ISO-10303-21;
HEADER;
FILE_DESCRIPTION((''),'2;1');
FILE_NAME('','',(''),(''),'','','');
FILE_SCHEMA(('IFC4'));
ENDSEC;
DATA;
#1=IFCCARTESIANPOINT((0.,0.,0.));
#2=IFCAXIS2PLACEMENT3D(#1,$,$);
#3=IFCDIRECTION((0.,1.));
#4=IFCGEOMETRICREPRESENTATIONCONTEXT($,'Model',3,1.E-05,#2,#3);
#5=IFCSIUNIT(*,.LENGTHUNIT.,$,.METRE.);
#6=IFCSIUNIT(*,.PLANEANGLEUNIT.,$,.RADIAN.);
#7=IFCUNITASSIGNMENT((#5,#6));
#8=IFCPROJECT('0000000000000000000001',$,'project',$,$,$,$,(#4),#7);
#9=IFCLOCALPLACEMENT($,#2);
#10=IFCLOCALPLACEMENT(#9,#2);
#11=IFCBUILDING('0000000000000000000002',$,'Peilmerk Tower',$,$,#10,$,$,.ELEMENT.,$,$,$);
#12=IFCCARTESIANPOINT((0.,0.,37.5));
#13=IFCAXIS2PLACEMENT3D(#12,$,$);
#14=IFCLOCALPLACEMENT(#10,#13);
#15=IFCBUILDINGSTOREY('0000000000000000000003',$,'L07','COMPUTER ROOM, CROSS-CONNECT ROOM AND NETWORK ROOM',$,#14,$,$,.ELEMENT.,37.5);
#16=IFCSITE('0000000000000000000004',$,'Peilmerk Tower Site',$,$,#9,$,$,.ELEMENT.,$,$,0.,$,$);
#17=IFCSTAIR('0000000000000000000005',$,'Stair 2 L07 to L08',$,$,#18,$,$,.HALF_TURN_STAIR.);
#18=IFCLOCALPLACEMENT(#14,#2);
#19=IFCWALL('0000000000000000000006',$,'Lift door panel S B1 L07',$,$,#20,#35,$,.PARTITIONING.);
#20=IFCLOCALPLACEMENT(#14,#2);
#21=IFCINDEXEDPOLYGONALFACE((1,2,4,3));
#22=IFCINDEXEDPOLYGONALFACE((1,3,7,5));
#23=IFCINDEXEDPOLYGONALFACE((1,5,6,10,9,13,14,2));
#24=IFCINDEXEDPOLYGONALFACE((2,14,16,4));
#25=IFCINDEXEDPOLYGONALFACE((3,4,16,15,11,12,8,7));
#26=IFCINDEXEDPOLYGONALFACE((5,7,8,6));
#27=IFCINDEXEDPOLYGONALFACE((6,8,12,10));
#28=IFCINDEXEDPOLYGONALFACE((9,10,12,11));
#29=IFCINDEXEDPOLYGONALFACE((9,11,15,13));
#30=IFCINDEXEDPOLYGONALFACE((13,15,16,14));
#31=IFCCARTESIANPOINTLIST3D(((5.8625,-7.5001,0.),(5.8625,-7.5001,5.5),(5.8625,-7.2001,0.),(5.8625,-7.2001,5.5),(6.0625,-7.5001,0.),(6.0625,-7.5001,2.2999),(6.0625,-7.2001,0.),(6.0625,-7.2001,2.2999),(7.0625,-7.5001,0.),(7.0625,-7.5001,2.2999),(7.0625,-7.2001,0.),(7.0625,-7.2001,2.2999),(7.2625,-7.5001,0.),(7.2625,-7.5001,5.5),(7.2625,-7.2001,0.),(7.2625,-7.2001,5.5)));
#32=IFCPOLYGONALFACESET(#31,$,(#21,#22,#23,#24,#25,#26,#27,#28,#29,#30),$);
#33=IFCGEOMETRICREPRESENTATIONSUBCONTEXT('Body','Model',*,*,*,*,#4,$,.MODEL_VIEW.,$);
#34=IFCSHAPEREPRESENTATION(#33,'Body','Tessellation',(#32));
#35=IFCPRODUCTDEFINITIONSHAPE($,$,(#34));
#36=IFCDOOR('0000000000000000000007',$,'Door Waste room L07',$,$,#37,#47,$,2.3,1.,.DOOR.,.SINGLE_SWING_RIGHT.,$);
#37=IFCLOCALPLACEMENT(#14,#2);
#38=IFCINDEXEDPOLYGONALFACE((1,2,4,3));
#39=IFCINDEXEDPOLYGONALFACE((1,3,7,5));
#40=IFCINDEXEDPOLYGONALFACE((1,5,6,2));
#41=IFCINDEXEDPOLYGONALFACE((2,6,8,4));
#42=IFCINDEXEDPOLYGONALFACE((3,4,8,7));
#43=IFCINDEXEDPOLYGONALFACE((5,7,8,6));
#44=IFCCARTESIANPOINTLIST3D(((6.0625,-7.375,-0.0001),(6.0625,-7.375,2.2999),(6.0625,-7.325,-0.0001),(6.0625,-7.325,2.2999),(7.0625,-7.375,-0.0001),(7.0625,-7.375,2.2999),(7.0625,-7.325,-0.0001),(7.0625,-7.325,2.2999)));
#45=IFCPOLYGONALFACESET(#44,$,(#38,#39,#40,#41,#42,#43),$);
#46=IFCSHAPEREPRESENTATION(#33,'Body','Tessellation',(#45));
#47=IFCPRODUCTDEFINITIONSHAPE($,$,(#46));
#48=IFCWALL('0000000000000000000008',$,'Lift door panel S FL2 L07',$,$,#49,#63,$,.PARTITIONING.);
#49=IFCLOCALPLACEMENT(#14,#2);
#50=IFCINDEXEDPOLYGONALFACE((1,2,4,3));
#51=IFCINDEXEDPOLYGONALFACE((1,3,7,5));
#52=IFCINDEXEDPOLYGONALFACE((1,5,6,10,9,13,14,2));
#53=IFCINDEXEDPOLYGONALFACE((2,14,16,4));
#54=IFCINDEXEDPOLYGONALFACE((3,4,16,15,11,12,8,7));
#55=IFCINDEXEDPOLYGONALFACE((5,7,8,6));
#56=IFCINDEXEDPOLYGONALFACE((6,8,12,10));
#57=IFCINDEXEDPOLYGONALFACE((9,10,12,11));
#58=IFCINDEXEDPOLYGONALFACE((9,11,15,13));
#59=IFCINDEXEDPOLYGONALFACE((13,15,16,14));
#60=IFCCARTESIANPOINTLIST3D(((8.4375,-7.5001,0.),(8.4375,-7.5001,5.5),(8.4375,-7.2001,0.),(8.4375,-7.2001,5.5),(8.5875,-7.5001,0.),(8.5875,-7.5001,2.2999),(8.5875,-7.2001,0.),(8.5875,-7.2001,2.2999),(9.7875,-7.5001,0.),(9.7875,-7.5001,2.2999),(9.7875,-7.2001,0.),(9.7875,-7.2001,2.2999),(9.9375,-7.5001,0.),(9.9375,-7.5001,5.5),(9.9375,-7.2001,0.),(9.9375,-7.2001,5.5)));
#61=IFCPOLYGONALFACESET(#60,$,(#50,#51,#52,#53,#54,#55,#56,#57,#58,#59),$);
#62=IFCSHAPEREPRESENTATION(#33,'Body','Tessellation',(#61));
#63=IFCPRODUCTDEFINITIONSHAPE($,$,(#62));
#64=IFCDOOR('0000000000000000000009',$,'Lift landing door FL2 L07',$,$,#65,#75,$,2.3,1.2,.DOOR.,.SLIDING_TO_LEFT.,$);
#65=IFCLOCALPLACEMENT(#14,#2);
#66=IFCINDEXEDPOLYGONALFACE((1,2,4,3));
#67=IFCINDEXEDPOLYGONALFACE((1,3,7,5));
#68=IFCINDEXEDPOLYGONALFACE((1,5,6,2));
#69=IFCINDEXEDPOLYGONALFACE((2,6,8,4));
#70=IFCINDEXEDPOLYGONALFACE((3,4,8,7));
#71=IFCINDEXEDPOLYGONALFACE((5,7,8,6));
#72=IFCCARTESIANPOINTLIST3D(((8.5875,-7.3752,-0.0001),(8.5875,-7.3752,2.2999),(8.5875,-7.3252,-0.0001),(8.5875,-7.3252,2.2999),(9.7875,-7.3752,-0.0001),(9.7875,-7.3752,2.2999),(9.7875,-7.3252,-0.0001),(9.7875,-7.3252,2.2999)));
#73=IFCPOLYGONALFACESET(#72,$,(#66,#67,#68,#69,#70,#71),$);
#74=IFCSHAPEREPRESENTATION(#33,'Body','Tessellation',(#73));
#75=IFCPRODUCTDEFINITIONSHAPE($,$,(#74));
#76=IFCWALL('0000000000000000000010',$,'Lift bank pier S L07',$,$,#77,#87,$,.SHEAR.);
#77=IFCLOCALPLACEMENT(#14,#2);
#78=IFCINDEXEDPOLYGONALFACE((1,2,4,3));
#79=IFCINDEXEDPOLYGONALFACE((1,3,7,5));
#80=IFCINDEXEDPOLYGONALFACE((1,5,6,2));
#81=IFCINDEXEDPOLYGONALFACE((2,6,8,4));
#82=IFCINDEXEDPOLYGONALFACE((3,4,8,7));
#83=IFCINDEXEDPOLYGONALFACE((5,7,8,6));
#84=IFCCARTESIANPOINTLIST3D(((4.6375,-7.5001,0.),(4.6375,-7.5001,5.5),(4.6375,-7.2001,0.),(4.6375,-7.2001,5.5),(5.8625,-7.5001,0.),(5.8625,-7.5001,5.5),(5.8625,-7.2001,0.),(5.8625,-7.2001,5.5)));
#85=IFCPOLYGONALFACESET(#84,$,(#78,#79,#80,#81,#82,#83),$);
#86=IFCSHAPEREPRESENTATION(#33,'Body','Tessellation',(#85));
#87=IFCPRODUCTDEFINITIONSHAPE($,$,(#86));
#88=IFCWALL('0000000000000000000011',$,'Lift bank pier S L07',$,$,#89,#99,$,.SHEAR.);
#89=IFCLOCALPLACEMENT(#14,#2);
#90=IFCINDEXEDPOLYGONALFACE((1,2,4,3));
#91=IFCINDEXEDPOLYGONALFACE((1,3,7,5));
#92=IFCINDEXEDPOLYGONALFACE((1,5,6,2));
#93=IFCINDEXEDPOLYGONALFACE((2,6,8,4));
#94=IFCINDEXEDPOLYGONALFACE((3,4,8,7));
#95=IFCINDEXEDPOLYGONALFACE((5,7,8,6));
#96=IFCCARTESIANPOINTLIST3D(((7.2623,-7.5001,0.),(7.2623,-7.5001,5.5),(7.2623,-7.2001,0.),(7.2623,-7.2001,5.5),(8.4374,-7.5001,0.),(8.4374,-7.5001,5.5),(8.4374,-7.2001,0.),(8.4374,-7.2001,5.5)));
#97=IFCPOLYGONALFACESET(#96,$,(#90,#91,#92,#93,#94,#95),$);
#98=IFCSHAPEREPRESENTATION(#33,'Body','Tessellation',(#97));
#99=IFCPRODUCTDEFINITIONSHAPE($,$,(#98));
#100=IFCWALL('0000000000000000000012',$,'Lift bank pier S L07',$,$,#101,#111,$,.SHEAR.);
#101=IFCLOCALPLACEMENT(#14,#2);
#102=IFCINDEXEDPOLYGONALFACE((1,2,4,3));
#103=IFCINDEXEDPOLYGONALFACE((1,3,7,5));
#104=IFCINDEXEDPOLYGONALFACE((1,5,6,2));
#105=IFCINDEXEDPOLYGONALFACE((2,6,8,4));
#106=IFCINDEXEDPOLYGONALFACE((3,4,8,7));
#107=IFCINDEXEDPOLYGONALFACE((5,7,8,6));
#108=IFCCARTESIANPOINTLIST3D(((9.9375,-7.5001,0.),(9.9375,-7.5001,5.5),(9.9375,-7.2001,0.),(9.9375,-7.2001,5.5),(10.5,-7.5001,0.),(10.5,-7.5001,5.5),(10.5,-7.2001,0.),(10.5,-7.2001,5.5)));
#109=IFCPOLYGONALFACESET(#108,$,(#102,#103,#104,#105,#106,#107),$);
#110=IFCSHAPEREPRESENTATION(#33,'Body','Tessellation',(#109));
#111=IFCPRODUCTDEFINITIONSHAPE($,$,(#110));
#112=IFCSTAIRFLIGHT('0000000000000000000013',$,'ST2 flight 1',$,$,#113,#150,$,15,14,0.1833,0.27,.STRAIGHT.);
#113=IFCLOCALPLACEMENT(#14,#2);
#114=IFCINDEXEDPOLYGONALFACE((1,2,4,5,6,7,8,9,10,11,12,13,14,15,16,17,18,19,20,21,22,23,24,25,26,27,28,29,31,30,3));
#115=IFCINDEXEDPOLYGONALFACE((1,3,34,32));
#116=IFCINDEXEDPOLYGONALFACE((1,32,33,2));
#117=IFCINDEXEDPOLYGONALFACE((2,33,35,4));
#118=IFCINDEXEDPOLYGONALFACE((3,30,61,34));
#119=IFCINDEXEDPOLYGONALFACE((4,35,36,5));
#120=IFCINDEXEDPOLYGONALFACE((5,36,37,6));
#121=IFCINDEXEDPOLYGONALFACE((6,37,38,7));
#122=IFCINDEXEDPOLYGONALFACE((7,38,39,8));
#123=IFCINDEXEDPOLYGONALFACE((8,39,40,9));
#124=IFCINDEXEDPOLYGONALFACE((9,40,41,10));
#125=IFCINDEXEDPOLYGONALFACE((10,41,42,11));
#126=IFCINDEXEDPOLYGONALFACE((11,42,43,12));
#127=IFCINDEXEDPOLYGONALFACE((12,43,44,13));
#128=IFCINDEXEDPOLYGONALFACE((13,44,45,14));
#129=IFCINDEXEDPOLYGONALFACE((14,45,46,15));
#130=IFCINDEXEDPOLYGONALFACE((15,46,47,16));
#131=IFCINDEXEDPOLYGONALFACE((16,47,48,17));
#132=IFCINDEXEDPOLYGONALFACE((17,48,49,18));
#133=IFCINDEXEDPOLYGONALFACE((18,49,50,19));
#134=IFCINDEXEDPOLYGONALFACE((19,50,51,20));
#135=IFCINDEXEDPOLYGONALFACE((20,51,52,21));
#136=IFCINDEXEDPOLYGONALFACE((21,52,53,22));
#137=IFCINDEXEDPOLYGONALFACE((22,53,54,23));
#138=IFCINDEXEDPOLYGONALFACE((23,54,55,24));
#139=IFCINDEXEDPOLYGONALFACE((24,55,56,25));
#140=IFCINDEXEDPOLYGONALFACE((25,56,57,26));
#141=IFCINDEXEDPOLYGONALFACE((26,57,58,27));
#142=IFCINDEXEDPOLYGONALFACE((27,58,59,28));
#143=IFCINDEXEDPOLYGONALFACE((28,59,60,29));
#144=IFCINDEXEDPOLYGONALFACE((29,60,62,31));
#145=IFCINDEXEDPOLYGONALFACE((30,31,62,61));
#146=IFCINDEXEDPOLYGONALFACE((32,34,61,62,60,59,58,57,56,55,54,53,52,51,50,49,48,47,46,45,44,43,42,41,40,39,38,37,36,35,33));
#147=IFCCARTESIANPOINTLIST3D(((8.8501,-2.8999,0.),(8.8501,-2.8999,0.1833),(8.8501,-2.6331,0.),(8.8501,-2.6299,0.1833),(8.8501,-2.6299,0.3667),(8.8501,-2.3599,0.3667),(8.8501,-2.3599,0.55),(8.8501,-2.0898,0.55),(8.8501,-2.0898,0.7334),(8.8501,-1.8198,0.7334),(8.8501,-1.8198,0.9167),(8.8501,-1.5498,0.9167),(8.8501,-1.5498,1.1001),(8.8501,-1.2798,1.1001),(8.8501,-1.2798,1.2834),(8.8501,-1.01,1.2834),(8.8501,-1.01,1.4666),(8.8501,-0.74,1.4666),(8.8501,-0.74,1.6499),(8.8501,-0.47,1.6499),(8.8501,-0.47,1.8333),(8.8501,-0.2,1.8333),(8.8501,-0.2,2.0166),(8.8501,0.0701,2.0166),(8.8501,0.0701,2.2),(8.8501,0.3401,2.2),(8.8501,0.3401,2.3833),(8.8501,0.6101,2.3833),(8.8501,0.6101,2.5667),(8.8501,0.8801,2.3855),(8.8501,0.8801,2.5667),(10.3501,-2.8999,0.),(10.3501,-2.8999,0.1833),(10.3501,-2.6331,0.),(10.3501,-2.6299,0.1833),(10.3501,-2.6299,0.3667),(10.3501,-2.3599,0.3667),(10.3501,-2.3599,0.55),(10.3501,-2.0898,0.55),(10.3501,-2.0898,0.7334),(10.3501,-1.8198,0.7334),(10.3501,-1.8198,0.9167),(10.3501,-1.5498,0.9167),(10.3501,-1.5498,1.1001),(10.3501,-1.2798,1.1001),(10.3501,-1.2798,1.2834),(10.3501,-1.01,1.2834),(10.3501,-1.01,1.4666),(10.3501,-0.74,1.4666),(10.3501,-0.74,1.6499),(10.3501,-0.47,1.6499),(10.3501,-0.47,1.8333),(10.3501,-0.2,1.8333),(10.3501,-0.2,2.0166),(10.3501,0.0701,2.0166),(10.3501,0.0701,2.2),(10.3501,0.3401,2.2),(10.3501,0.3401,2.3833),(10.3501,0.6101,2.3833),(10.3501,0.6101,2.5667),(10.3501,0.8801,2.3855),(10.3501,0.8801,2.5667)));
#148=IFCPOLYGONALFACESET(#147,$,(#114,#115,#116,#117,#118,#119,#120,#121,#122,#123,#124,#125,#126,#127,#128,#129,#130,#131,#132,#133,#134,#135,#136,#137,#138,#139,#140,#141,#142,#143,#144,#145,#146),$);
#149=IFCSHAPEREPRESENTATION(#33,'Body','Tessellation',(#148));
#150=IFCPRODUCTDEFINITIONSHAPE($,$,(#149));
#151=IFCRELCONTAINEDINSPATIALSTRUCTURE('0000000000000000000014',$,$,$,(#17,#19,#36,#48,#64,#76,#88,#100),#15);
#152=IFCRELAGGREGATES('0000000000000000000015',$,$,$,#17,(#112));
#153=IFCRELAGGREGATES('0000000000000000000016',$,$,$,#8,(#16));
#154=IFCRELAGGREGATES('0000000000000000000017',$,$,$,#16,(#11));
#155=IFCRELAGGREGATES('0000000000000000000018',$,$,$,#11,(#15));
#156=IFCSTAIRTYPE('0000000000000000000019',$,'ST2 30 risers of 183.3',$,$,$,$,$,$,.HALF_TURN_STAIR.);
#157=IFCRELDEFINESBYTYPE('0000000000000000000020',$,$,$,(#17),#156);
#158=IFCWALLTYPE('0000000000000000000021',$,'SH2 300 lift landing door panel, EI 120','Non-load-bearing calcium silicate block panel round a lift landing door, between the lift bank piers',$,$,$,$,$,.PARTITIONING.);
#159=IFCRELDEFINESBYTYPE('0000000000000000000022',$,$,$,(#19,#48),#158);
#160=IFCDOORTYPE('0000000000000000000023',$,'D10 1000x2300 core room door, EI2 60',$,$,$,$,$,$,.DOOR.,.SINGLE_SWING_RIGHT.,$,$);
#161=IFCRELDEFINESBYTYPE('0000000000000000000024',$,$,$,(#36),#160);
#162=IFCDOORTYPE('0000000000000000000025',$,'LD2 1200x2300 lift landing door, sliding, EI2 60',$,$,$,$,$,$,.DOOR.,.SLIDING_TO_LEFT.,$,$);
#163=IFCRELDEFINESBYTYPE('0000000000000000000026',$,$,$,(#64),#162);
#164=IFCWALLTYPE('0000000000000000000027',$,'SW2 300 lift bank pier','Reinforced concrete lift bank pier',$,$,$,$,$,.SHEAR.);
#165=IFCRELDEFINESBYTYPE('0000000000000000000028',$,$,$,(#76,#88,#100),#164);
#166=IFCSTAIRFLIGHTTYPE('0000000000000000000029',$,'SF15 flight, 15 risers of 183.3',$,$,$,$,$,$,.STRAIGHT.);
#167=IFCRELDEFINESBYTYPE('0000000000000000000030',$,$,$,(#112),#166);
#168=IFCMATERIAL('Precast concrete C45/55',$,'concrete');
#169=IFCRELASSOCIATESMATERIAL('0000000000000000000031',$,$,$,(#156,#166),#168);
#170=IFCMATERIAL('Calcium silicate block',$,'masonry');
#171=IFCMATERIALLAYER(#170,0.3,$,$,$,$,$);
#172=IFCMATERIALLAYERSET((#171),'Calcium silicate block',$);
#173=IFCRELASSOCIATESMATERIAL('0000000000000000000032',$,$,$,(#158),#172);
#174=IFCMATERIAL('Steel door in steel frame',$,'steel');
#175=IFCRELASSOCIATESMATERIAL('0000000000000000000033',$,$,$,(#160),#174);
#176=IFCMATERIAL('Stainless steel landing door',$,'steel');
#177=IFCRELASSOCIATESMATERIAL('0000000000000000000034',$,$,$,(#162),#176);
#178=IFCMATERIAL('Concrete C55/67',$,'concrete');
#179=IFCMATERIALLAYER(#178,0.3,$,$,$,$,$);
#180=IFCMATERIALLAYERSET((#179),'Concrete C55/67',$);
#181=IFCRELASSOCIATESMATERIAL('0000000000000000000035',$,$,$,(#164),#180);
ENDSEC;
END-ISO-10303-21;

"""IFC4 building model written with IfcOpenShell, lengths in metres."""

from ifc_helpers import new_model, si_unit, direction, frame, frame_2d, origin, place, context, subcontext, project, spatial, polyline, rectangle, outline, extrude, material, layer, layer_set, type_object, element, fill, aggregate, save


model = new_model("IFC4")

# Units and contexts
model_context = context("Model", 3, precision=1e-05, world=origin(), true_north=direction((0.0, 1.0)))
body_context = subcontext(model_context, "Body", "Model", "MODEL_VIEW")
ifc_project = project(units=[si_unit("LENGTHUNIT", "METRE"), si_unit("PLANEANGLEUNIT", "RADIAN")], contexts=[model_context])

# Site, building, storey
site_placement = place(None, origin())
site = spatial("IfcSite", under=ifc_project, at=site_placement, Name="Peilmerk Tower Site", CompositionType="ELEMENT", RefElevation=0.0)
building_placement = place(site_placement, origin())
building = spatial("IfcBuilding", under=site, at=building_placement, Name="Peilmerk Tower", CompositionType="ELEMENT")
storey_placement = place(building_placement, frame((0.0, 0.0, 37.5)))
storey = spatial("IfcBuildingStorey", under=building, at=storey_placement, Name="L07", Description="COMPUTER ROOM, CROSS-CONNECT ROOM AND NETWORK ROOM", CompositionType="ELEMENT", Elevation=37.5)

# Stair
ifc_material_1 = material(Name="Precast concrete C45/55", Category="concrete")
stair_type_1 = type_object("IfcStairType", Name="ST2 30 risers of 183.3", PredefinedType="HALF_TURN_STAIR", material=ifc_material_1)
stair_1_placement = place(storey_placement, origin())
stair_1 = element("IfcStair", 1, at=stair_1_placement, inside=storey, type_object=stair_type_1, Name="Stair 2 L07 to L08", PredefinedType="HALF_TURN_STAIR")

# Shared definitions
ifc_material_2 = material(Name="Steel door in steel frame", Category="steel")

# Shared definitions
ifc_material_3 = material(Name="Calcium silicate block", Category="masonry")
ifc_layer_1 = layer(ifc_material_3, 0.3)
ifc_layer_set_1 = layer_set([ifc_layer_1], Name="Calcium silicate block")
wall_type_1 = type_object("IfcWallType", Name="SH2 300 lift landing door panel, EI 120", Description="Non-load-bearing calcium silicate block panel round a lift landing door, between the lift bank piers", PredefinedType="PARTITIONING", material=ifc_layer_set_1)

# Walls, openings, doors
wall_1_placement = place(storey_placement, frame((5.8625, -7.3501, 0.0), z_axis=(0.0, 0.0, 1.0), x_axis=(1.0, 0.0, 0.0)))
wall_1 = element("IfcWall", 2, at=wall_1_placement, inside=storey, type_object=wall_type_1, Name="Lift door panel S B1 L07", PredefinedType="PARTITIONING", context=body_context, shape_type="SweptSolid", body=[
    extrude(rectangle(XDim=1.3999, YDim=0.3, at=frame_2d((0.7, 0.0))), origin(), (0.0, 0.0, 1.0), 5.5),
])
opening_1_placement = place(wall_1_placement, frame((0.2, 0.0, 0.0)))
opening_1 = element("IfcOpeningElement", 3, at=opening_1_placement, cuts=wall_1, PredefinedType="OPENING", context=body_context, shape_type="SweptSolid", body=[
    extrude(rectangle(XDim=1.0, YDim=2.3, at=frame_2d((0.5, 1.1499))), frame((0.0, 0.1599, 0.0), z_axis=(0.0, -1.0, 0.0), x_axis=(1.0, 0.0, 0.0)), (0.0, 0.0, 1.0), 0.3201),
])
door_type_1 = type_object("IfcDoorType", Name="D10 1000x2300 core room door, EI2 60", OperationType="SINGLE_SWING_RIGHT", PredefinedType="DOOR", material=ifc_material_2)
door_1_placement = place(opening_1_placement, frame((1.0, 0.0, 0.0), z_axis=(0.0, 0.0, 1.0), x_axis=(-1.0, 0.0, 0.0)))
door_1 = element("IfcDoor", 4, at=door_1_placement, inside=storey, type_object=door_type_1, Name="Door Waste room L07", OperationType="SINGLE_SWING_RIGHT", OverallHeight=2.3, OverallWidth=1.0, PredefinedType="DOOR", context=body_context, shape_type="SweptSolid", body=[
    extrude(rectangle(XDim=1.0, YDim=2.3, at=frame_2d((0.5, 1.1499))), frame((0.0, 0.0249, 0.0), z_axis=(0.0, -1.0, 0.0), x_axis=(1.0, 0.0, 0.0)), (0.0, 0.0, 1.0), 0.05),
])
fill(opening_1, door_1)
wall_2_placement = place(storey_placement, frame((8.4375, -7.3501, 0.0), z_axis=(0.0, 0.0, 1.0), x_axis=(1.0, 0.0, 0.0)))
wall_2 = element("IfcWall", 5, at=wall_2_placement, inside=storey, type_object=wall_type_1, Name="Lift door panel S FL2 L07", PredefinedType="PARTITIONING", context=body_context, shape_type="SweptSolid", body=[
    extrude(rectangle(XDim=1.5, YDim=0.3, at=frame_2d((0.75, 0.0))), origin(), (0.0, 0.0, 1.0), 5.5),
])
opening_2_placement = place(wall_2_placement, frame((0.1499, 0.0, 0.0)))
opening_2 = element("IfcOpeningElement", 6, at=opening_2_placement, cuts=wall_2, PredefinedType="OPENING", context=body_context, shape_type="SweptSolid", body=[
    extrude(rectangle(XDim=1.2, YDim=2.3, at=frame_2d((0.6001, 1.1499))), frame((0.0, 0.1599, 0.0), z_axis=(0.0, -1.0, 0.0), x_axis=(1.0, 0.0, 0.0)), (0.0, 0.0, 1.0), 0.3201),
])
ifc_material_4 = material(Name="Stainless steel landing door", Category="steel")
door_type_2 = type_object("IfcDoorType", Name="LD2 1200x2300 lift landing door, sliding, EI2 60", OperationType="SLIDING_TO_LEFT", PredefinedType="DOOR", material=ifc_material_4)
door_2_placement = place(opening_2_placement, origin())
door_2 = element("IfcDoor", 7, at=door_2_placement, inside=storey, type_object=door_type_2, Name="Lift landing door FL2 L07", OperationType="SLIDING_TO_LEFT", OverallHeight=2.3, OverallWidth=1.2, PredefinedType="DOOR", context=body_context, shape_type="SweptSolid", body=[
    extrude(rectangle(XDim=1.2, YDim=2.3, at=frame_2d((0.6001, 1.1499))), frame((0.0, 0.0249, 0.0), z_axis=(0.0, -1.0, 0.0), x_axis=(1.0, 0.0, 0.0)), (0.0, 0.0, 1.0), 0.05),
])
fill(opening_2, door_2)

# Walls
ifc_material_5 = material(Name="Concrete C55/67", Category="concrete")
ifc_layer_2 = layer(ifc_material_5, 0.3)
ifc_layer_set_2 = layer_set([ifc_layer_2], Name="Concrete C55/67")
wall_type_2 = type_object("IfcWallType", Name="SW2 300 lift bank pier", Description="Reinforced concrete lift bank pier", PredefinedType="SHEAR", material=ifc_layer_set_2)
wall_3_placement = place(storey_placement, frame((4.6375, -7.3501, 0.0), z_axis=(0.0, 0.0, 1.0), x_axis=(1.0, 0.0, 0.0)))
element("IfcWall", 8, at=wall_3_placement, inside=storey, type_object=wall_type_2, Name="Lift bank pier S L07", PredefinedType="SHEAR", context=body_context, shape_type="SweptSolid", body=[
    extrude(rectangle(XDim=1.2251, YDim=0.3, at=frame_2d((0.6125, 0.0))), origin(), (0.0, 0.0, 1.0), 5.5),
])
wall_4_placement = place(storey_placement, frame((7.2625, -7.3501, 0.0), z_axis=(0.0, 0.0, 1.0), x_axis=(1.0, 0.0, 0.0)))
element("IfcWall", 9, at=wall_4_placement, inside=storey, type_object=wall_type_2, Name="Lift bank pier S L07", PredefinedType="SHEAR", context=body_context, shape_type="SweptSolid", body=[
    extrude(rectangle(XDim=1.175, YDim=0.3, at=frame_2d((0.5874, 0.0))), origin(), (0.0, 0.0, 1.0), 5.5),
])
wall_5_placement = place(storey_placement, frame((9.9375, -7.3501, 0.0), z_axis=(0.0, 0.0, 1.0), x_axis=(1.0, 0.0, 0.0)))
element("IfcWall", 10, at=wall_5_placement, inside=storey, type_object=wall_type_2, Name="Lift bank pier S L07", PredefinedType="SHEAR", context=body_context, shape_type="SweptSolid", body=[
    extrude(rectangle(XDim=0.5625, YDim=0.3, at=frame_2d((0.2812, 0.0))), origin(), (0.0, 0.0, 1.0), 5.5),
])

# Stair flight
stair_flight_type = type_object("IfcStairFlightType", Name="SF15 flight, 15 risers of 183.3", PredefinedType="STRAIGHT", material=ifc_material_1)
stair_flight_placement = place(storey_placement, frame((9.6001, -2.8999, 0.0), z_axis=(0.0, 0.0, 1.0), x_axis=(0.0, 1.0, 0.0)))
stair_flight = element("IfcStairFlight", 11, at=stair_flight_placement, type_object=stair_flight_type, Name="ST2 flight 1", NumberOfRisers=15, NumberOfTreads=14, PredefinedType="STRAIGHT", RiserHeight=0.1833, TreadLength=0.27, context=body_context, shape_type="SweptSolid", body=[
    extrude(outline(polyline([(0.0, 0.0), (0.0, 0.1833), (0.27, 0.1833), (0.27, 0.3667), (0.54, 0.3667), (0.54, 0.55), (0.8101, 0.55), (0.8101, 0.7334), (1.0801, 0.7334), (1.0801, 0.9167), (1.3501, 0.9167), (1.3501, 1.1001), (1.6201, 1.1001), (1.6201, 1.2834), (1.8899, 1.2834), (1.8899, 1.4666), (2.1599, 1.4666), (2.1599, 1.6499), (2.4299, 1.6499), (2.4299, 1.8333), (2.7, 1.8333), (2.7, 2.0166), (2.97, 2.0166), (2.97, 2.2), (3.24, 2.2), (3.24, 2.3833), (3.51, 2.3833), (3.51, 2.5667), (3.78, 2.5667), (3.78, 2.75), (3.78, 2.3855), (0.2668, 0.0), (0.0, 0.0)])), frame((0.0, 0.75, 0.0), z_axis=(0.0, -1.0, 0.0), x_axis=(1.0, 0.0, 0.0)), (0.0, 0.0, 1.0), 1.5),
])
aggregate(stair_1, [stair_flight])

save(model, "model.ifc")
